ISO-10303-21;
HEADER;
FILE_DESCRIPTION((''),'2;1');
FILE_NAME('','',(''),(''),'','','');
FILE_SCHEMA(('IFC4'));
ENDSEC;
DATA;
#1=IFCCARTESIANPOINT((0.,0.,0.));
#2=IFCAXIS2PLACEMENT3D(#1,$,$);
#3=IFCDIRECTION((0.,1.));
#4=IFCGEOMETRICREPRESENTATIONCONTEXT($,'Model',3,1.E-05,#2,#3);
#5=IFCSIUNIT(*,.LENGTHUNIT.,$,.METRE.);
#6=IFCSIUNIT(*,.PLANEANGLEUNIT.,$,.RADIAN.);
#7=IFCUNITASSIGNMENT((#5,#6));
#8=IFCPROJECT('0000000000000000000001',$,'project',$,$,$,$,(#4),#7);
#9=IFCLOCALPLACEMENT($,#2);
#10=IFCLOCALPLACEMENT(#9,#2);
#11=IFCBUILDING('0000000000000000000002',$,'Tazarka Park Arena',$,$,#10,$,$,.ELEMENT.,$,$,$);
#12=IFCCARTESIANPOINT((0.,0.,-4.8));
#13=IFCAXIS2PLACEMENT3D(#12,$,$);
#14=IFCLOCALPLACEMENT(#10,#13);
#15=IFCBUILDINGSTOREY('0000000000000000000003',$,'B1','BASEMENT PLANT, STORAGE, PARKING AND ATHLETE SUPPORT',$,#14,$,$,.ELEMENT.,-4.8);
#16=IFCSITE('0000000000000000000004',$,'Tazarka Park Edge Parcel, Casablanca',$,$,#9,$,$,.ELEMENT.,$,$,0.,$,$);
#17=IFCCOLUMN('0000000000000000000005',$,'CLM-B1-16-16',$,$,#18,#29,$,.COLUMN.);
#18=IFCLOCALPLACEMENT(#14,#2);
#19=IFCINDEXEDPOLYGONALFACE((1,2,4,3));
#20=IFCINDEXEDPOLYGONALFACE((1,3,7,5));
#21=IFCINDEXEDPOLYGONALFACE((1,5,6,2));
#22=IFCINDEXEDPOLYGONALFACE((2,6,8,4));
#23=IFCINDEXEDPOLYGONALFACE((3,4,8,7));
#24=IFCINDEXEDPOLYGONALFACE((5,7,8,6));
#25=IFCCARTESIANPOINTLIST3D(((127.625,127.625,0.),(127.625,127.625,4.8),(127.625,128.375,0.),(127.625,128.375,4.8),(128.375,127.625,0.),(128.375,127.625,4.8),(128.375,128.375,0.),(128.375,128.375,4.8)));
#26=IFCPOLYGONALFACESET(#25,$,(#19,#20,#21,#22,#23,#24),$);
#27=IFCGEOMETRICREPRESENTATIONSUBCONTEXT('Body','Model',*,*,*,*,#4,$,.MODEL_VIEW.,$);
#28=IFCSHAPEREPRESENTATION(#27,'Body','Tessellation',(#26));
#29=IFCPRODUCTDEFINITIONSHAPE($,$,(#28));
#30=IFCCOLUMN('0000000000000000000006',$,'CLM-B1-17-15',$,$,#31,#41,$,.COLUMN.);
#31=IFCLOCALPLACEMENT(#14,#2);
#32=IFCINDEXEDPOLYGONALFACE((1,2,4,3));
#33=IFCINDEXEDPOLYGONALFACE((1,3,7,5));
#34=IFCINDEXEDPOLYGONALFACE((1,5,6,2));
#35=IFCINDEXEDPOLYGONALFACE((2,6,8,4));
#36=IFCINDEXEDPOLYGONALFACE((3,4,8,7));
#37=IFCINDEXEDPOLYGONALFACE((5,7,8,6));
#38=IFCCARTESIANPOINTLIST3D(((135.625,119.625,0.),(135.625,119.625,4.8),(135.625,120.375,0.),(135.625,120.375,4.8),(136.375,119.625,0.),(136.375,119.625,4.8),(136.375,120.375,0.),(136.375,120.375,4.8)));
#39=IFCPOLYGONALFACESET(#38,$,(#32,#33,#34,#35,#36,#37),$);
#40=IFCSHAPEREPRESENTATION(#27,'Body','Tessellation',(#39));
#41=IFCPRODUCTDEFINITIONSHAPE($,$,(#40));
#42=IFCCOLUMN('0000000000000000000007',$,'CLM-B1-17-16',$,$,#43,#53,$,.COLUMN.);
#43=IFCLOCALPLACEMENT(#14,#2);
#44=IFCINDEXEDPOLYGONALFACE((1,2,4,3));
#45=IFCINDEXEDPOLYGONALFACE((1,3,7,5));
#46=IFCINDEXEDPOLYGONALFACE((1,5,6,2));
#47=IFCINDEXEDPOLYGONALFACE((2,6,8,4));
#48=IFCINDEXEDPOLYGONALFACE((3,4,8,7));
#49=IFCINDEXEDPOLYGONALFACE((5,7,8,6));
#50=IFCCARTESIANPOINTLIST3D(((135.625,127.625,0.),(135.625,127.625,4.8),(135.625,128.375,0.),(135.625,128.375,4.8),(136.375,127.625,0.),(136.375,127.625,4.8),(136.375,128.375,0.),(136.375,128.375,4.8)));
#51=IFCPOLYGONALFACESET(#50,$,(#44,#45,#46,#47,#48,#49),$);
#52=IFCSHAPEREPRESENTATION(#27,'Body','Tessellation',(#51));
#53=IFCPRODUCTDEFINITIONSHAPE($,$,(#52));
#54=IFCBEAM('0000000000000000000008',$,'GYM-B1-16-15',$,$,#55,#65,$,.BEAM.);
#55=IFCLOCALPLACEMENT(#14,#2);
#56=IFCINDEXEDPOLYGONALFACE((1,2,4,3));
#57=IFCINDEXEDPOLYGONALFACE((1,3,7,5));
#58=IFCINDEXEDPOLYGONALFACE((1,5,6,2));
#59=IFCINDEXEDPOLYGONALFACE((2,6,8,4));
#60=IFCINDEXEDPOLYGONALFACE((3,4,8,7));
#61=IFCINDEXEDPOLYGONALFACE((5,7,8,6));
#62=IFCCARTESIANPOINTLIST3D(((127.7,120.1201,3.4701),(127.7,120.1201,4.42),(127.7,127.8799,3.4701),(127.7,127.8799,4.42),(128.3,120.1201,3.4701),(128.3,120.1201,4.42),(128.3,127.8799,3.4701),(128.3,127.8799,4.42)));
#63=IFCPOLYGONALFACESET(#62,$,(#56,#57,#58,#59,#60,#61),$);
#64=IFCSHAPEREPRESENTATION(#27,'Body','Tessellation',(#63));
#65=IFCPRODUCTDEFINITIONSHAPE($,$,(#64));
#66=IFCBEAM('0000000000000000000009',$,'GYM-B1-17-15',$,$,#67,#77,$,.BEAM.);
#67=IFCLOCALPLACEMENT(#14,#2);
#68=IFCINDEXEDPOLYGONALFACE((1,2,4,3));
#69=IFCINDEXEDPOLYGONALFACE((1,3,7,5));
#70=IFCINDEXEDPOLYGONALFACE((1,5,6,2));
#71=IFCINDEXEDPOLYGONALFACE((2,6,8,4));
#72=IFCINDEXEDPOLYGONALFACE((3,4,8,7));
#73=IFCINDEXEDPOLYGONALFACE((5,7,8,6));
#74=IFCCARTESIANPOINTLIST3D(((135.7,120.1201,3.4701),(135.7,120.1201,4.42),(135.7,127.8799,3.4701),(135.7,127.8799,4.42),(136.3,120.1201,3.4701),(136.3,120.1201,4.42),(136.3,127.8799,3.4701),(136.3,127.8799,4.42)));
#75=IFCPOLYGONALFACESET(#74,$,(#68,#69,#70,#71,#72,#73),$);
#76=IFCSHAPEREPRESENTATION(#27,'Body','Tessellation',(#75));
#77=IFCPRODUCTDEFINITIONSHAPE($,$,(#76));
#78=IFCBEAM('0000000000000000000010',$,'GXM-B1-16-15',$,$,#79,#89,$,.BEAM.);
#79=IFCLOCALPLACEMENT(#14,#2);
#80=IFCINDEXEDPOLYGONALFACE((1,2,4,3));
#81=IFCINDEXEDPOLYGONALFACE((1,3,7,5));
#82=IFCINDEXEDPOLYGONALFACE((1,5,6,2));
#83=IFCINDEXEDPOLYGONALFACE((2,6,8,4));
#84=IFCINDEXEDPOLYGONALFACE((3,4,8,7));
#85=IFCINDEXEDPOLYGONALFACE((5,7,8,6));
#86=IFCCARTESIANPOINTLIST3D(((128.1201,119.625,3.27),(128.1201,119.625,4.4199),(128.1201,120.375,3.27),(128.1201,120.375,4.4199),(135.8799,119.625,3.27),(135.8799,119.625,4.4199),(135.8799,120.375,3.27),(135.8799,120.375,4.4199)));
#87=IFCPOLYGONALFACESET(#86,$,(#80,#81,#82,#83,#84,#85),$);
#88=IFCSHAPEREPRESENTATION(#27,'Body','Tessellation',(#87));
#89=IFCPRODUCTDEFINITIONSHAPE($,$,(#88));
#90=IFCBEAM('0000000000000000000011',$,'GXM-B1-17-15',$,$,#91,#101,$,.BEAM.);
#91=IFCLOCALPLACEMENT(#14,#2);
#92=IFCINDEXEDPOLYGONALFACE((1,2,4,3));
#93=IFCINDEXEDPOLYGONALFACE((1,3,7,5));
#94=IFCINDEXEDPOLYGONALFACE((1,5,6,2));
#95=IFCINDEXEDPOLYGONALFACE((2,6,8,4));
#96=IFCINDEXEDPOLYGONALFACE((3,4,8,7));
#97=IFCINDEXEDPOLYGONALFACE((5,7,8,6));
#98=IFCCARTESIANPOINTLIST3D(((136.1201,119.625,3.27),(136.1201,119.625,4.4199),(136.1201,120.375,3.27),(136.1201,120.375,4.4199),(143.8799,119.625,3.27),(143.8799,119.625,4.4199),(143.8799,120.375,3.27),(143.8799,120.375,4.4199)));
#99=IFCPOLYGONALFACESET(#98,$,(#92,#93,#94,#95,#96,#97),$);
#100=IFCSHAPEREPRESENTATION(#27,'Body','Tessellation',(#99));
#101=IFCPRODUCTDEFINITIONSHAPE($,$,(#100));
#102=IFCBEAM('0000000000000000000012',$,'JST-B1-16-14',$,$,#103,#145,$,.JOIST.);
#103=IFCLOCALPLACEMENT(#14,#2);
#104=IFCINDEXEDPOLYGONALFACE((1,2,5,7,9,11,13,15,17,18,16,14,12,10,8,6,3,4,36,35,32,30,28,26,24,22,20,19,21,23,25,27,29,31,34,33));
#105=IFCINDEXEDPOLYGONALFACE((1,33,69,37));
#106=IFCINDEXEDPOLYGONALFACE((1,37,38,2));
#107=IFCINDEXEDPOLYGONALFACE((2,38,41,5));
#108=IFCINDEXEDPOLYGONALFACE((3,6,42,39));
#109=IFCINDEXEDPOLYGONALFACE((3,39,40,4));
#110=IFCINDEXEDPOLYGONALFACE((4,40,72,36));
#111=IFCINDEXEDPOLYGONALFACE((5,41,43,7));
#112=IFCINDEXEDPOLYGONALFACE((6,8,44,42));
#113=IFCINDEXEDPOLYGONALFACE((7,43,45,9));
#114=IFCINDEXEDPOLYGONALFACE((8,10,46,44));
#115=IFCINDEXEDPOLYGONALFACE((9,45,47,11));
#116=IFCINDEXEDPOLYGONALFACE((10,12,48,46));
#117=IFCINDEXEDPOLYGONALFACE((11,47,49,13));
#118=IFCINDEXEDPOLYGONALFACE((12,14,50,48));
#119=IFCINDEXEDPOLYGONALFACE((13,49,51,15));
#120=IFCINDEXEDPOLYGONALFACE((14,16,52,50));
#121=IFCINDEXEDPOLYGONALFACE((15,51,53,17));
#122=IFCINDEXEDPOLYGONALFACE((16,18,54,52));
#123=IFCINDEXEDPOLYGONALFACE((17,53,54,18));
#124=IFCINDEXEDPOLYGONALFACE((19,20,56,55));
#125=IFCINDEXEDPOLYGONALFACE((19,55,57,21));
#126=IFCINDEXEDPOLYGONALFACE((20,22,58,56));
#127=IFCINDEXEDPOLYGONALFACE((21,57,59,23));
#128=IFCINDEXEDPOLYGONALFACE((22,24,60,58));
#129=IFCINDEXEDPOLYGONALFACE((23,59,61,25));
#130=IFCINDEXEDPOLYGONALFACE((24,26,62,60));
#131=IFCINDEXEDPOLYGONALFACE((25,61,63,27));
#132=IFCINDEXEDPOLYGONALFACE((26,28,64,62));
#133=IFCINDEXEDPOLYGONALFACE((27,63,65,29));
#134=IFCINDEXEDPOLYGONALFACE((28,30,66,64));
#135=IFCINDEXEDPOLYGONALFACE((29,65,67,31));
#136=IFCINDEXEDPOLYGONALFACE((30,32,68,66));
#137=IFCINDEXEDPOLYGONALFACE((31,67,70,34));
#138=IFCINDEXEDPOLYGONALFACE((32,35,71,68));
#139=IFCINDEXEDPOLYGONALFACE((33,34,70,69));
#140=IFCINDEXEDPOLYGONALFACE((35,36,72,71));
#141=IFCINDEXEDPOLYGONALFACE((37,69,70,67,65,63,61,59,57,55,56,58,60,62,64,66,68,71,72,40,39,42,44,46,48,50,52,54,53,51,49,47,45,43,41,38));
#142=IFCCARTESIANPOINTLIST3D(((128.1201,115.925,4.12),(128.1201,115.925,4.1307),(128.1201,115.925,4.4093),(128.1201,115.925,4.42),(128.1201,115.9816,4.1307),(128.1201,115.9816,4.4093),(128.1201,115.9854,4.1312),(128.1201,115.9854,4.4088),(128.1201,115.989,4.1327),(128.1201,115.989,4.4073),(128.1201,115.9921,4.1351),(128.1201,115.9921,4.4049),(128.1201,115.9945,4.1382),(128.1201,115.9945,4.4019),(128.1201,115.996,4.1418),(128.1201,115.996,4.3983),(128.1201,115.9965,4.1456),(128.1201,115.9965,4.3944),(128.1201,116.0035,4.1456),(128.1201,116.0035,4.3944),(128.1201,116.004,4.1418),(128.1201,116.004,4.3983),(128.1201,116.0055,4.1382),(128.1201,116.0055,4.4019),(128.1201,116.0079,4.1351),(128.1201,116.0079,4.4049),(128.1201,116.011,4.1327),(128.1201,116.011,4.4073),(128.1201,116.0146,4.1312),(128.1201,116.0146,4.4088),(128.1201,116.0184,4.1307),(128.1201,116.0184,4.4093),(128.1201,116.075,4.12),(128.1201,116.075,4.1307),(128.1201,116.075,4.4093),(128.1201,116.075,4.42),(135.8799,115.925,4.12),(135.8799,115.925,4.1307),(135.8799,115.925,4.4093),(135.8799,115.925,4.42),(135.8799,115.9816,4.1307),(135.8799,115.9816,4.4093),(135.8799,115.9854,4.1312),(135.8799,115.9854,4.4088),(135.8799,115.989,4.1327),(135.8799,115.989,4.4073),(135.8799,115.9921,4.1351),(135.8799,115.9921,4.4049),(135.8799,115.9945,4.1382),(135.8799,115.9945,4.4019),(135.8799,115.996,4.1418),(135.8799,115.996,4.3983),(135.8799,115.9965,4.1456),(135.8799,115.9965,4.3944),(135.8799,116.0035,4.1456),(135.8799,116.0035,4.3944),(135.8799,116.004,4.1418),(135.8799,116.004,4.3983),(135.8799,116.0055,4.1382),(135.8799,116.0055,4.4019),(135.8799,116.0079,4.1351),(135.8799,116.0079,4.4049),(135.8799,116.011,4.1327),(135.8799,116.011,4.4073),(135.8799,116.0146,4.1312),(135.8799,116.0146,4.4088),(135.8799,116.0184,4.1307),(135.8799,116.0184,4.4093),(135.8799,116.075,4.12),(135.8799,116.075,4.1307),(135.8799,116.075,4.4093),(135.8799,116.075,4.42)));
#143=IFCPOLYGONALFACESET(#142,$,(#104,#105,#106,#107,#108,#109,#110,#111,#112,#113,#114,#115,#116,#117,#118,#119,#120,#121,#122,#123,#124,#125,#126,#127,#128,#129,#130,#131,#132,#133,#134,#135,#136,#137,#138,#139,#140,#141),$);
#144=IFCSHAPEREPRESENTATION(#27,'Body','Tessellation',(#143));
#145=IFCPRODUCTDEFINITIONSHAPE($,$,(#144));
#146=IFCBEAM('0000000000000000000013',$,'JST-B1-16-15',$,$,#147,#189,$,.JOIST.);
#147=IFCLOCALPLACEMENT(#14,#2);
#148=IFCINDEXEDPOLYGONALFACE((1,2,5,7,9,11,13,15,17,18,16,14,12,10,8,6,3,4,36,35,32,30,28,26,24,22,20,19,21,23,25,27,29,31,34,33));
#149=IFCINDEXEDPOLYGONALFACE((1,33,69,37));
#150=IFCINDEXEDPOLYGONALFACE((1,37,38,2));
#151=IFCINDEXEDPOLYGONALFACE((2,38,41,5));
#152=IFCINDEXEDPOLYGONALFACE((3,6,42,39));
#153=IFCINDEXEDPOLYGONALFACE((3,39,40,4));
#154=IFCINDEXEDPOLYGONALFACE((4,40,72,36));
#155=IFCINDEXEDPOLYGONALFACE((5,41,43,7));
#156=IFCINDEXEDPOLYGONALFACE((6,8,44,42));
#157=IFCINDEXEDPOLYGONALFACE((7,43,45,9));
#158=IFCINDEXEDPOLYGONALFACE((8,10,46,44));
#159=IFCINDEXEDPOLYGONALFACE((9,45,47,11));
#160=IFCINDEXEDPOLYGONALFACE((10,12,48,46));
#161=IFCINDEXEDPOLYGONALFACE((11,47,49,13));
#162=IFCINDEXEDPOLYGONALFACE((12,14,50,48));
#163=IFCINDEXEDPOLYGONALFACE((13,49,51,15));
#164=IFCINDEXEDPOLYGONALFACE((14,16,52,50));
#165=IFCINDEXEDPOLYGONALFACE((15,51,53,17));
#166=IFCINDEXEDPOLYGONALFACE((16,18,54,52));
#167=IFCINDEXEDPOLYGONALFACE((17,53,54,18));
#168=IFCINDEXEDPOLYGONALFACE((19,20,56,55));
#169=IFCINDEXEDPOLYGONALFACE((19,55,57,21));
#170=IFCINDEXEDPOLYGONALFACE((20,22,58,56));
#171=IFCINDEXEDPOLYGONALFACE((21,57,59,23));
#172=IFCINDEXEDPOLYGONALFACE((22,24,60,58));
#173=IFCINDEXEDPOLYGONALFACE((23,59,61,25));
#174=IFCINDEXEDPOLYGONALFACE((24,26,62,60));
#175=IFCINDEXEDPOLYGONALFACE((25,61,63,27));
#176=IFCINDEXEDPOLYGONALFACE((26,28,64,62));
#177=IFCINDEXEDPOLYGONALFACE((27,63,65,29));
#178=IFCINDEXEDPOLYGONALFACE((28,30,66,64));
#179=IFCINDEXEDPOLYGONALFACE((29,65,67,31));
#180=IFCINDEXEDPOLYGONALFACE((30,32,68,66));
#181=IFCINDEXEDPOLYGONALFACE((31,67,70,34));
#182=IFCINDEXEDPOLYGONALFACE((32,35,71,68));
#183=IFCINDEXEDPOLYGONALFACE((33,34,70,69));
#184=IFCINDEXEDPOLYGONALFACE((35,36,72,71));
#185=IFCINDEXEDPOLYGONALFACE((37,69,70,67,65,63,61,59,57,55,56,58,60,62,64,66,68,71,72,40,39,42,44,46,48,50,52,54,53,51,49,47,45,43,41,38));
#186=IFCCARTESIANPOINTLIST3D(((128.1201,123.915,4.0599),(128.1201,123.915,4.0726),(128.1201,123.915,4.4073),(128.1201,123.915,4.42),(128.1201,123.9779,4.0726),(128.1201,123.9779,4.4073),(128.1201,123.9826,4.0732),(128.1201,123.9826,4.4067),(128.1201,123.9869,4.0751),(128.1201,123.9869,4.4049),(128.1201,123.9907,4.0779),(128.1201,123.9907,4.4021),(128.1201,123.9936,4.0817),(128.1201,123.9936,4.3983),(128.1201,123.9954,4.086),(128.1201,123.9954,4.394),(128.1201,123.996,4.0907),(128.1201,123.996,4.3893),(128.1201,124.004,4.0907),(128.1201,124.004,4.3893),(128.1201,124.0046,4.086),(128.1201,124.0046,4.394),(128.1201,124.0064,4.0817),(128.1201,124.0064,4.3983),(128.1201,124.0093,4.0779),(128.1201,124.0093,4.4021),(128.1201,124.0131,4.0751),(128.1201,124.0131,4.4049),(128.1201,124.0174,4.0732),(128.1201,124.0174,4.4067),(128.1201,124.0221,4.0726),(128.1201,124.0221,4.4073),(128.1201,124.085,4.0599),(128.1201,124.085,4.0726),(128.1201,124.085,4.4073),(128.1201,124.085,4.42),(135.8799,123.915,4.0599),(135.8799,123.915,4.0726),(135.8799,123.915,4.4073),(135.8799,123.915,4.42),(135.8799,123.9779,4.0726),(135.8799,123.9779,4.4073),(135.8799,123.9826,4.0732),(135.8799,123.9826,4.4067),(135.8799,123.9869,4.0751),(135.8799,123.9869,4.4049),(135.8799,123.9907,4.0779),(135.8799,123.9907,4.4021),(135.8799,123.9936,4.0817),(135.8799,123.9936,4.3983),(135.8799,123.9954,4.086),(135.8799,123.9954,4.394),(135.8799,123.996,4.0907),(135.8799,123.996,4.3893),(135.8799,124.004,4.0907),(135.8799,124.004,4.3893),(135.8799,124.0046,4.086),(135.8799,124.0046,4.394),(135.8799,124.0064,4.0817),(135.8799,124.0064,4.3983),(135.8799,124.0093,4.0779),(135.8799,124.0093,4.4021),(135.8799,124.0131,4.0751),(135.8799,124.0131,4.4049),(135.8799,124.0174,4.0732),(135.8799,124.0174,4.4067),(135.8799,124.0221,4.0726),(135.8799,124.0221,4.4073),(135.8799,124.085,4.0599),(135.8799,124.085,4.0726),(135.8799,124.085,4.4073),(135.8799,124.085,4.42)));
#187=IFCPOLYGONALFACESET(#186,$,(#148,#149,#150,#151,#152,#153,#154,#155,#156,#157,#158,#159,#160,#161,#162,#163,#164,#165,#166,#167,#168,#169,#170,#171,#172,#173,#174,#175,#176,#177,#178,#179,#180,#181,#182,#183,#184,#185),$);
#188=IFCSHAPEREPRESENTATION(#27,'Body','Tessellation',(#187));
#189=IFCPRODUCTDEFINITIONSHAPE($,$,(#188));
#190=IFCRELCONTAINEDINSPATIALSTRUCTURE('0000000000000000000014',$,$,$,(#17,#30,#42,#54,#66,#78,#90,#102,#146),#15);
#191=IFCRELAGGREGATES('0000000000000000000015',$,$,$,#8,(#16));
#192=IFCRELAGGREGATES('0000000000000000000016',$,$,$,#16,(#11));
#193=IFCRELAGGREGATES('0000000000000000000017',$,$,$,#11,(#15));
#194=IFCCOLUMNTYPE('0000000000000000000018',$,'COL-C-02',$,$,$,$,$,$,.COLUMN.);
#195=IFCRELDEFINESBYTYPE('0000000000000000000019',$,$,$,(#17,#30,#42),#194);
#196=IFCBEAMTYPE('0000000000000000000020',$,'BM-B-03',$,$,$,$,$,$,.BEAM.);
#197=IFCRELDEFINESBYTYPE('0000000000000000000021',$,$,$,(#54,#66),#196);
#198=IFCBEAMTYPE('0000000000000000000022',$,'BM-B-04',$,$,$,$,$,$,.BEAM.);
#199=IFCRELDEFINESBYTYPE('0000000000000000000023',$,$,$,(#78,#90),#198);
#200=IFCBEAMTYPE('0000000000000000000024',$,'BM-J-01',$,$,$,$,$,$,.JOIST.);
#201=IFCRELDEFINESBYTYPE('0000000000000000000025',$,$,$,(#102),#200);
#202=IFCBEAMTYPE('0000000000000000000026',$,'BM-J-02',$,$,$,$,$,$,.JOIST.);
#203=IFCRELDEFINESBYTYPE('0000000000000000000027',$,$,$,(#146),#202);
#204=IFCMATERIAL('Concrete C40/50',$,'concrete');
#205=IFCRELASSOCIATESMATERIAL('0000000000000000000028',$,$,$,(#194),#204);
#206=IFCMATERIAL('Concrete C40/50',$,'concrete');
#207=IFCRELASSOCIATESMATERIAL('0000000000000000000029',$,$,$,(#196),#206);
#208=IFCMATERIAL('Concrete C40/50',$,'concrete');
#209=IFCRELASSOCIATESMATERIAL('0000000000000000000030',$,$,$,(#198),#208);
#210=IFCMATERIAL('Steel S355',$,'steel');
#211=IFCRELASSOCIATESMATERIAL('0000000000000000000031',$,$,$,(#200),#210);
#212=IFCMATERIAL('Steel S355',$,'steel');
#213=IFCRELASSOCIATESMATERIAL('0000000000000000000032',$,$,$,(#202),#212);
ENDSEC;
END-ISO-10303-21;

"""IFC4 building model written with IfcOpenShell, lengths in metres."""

from ifc_helpers import new_model, si_unit, direction, frame, origin, origin_2d, place, context, subcontext, project, spatial, rectangle, i_section, extrude, material, material_profile, profile_set, type_object, element, save


model = new_model("IFC4")

# Units and contexts
model_context = context("Model", 3, precision=1e-05, world=origin(), true_north=direction((0.0, 1.0)))
body_context = subcontext(model_context, "Body", "Model", "MODEL_VIEW")
ifc_project = project(units=[si_unit("LENGTHUNIT", "METRE"), si_unit("PLANEANGLEUNIT", "RADIAN")], contexts=[model_context])

# Site, building, storey
site_placement = place(None, origin())
site = spatial("IfcSite", under=ifc_project, at=site_placement, Name="Tazarka Park Edge Parcel, Casablanca", CompositionType="ELEMENT", RefElevation=0.0)
building_placement = place(site_placement, origin())
building = spatial("IfcBuilding", under=site, at=building_placement, Name="Tazarka Park Arena", CompositionType="ELEMENT")
storey_placement = place(building_placement, frame((0.0, 0.0, -4.8)))
storey = spatial("IfcBuildingStorey", under=building, at=storey_placement, Name="B1", Description="BASEMENT PLANT, STORAGE, PARKING AND ATHLETE SUPPORT", CompositionType="ELEMENT", Elevation=-4.8)

# Columns
ifc_material_1 = material(Name="Concrete C40/50", Category="concrete")
ifc_material_profile_1 = material_profile(ifc_material_1, rectangle(XDim=0.75, YDim=0.75, at=origin_2d()), Name="Concrete C40/50")
ifc_profile_set_1 = profile_set([ifc_material_profile_1], Name="Concrete C40/50")
column_type = type_object("IfcColumnType", Name="COL-C-02", PredefinedType="COLUMN", material=ifc_profile_set_1)
for number, where, z_axis, x_axis, name in (
    (1, (128.0, 128.0, 0.0), (0.0, 0.0, 1.0), (1.0, 0.0, 0.0), "CLM-B1-16-16"),
    (2, (136.0, 120.0, 0.0), (0.0, 0.0, 1.0), (1.0, 0.0, 0.0), "CLM-B1-17-15"),
    (3, (136.0, 128.0, 0.0), (0.0, 0.0, 1.0), (1.0, 0.0, 0.0), "CLM-B1-17-16"),
):
    element("IfcColumn", number, at=place(storey_placement, frame(where, z_axis=z_axis, x_axis=x_axis)), inside=storey, type_object=column_type, Name=name, PredefinedType="COLUMN", context=body_context, shape_type="SweptSolid", body=[
        extrude(rectangle(XDim=0.75, YDim=0.75, at=origin_2d()), origin(), (0.0, 0.0, 1.0), 4.8),
    ])

# Beams
ifc_material_2 = material(Name="Concrete C40/50", Category="concrete")
ifc_material_profile_2 = material_profile(ifc_material_2, rectangle(XDim=0.6001, YDim=0.95, at=origin_2d()), Name="Concrete C40/50")
ifc_profile_set_2 = profile_set([ifc_material_profile_2], Name="Concrete C40/50")
beam_type_1 = type_object("IfcBeamType", Name="BM-B-03", PredefinedType="BEAM", material=ifc_profile_set_2)
for number, where, z_axis, x_axis, name in (
    (4, (128.0, 120.1201, 3.9451), (0.0, 1.0, 0.0), (-1.0, 0.0, 0.0), "GYM-B1-16-15"),
    (5, (136.0, 120.1201, 3.9451), (0.0, 1.0, 0.0), (-1.0, 0.0, 0.0), "GYM-B1-17-15"),
):
    element("IfcBeam", number, at=place(storey_placement, frame(where, z_axis=z_axis, x_axis=x_axis)), inside=storey, type_object=beam_type_1, Name=name, PredefinedType="BEAM", context=body_context, shape_type="SweptSolid", body=[
        extrude(rectangle(XDim=0.6001, YDim=0.95, at=origin_2d()), origin(), (0.0, 0.0, 1.0), 7.7598),
    ])
ifc_material_3 = material(Name="Concrete C40/50", Category="concrete")
ifc_material_profile_3 = material_profile(ifc_material_3, rectangle(XDim=0.75, YDim=1.1499, at=origin_2d()), Name="Concrete C40/50")
ifc_profile_set_3 = profile_set([ifc_material_profile_3], Name="Concrete C40/50")
beam_type_2 = type_object("IfcBeamType", Name="BM-B-04", PredefinedType="BEAM", material=ifc_profile_set_3)
for number, where, z_axis, x_axis, name in (
    (6, (128.1201, 120.0, 3.845), (1.0, 0.0, 0.0), (0.0, 1.0, 0.0), "GXM-B1-16-15"),
    (7, (136.1201, 120.0, 3.845), (1.0, 0.0, 0.0), (0.0, 1.0, 0.0), "GXM-B1-17-15"),
):
    element("IfcBeam", number, at=place(storey_placement, frame(where, z_axis=z_axis, x_axis=x_axis)), inside=storey, type_object=beam_type_2, Name=name, PredefinedType="BEAM", context=body_context, shape_type="SweptSolid", body=[
        extrude(rectangle(XDim=0.75, YDim=1.1499, at=origin_2d()), origin(), (0.0, 0.0, 1.0), 7.7598),
    ])
ifc_material_4 = material(Name="Steel S355", Category="steel")
ifc_material_profile_4 = material_profile(ifc_material_4, i_section(OverallWidth=0.1499, OverallDepth=0.3, WebThickness=0.0071, FlangeThickness=0.0107, FilletRadius=0.0149, at=origin_2d()), Name="Steel S355")
ifc_profile_set_4 = profile_set([ifc_material_profile_4], Name="Steel S355")
beam_type_3 = type_object("IfcBeamType", Name="BM-J-01", PredefinedType="JOIST", material=ifc_profile_set_4)
beam_1_placement = place(storey_placement, frame((128.1201, 116.0, 4.27), z_axis=(1.0, 0.0, 0.0), x_axis=(0.0, 1.0, 0.0)))
element("IfcBeam", 8, at=beam_1_placement, inside=storey, type_object=beam_type_3, Name="JST-B1-16-14", PredefinedType="JOIST", context=body_context, shape_type="SweptSolid", body=[
    extrude(i_section(OverallWidth=0.1499, OverallDepth=0.3, WebThickness=0.0071, FlangeThickness=0.0107, FilletRadius=0.0149, at=origin_2d()), origin(), (0.0, 0.0, 1.0), 7.7598),
])
ifc_material_5 = material(Name="Steel S355", Category="steel")
ifc_material_profile_5 = material_profile(ifc_material_5, i_section(OverallWidth=0.1699, OverallDepth=0.3601, WebThickness=0.0081, FlangeThickness=0.0127, FilletRadius=0.0181, at=origin_2d()), Name="Steel S355")
ifc_profile_set_5 = profile_set([ifc_material_profile_5], Name="Steel S355")
beam_type_4 = type_object("IfcBeamType", Name="BM-J-02", PredefinedType="JOIST", material=ifc_profile_set_5)
for number, where, z_axis, x_axis, name in (
    (9, (128.1201, 124.0, 4.24), (1.0, 0.0, 0.0), (0.0, 1.0, 0.0), "JST-B1-16-15"),
):
    element("IfcBeam", number, at=place(storey_placement, frame(where, z_axis=z_axis, x_axis=x_axis)), inside=storey, type_object=beam_type_4, Name=name, PredefinedType="JOIST", context=body_context, shape_type="SweptSolid", body=[
        extrude(i_section(OverallWidth=0.1699, OverallDepth=0.3601, WebThickness=0.0081, FlangeThickness=0.0127, FilletRadius=0.0181, at=origin_2d()), origin(), (0.0, 0.0, 1.0), 7.7598),
    ])

save(model, "model.ifc")
